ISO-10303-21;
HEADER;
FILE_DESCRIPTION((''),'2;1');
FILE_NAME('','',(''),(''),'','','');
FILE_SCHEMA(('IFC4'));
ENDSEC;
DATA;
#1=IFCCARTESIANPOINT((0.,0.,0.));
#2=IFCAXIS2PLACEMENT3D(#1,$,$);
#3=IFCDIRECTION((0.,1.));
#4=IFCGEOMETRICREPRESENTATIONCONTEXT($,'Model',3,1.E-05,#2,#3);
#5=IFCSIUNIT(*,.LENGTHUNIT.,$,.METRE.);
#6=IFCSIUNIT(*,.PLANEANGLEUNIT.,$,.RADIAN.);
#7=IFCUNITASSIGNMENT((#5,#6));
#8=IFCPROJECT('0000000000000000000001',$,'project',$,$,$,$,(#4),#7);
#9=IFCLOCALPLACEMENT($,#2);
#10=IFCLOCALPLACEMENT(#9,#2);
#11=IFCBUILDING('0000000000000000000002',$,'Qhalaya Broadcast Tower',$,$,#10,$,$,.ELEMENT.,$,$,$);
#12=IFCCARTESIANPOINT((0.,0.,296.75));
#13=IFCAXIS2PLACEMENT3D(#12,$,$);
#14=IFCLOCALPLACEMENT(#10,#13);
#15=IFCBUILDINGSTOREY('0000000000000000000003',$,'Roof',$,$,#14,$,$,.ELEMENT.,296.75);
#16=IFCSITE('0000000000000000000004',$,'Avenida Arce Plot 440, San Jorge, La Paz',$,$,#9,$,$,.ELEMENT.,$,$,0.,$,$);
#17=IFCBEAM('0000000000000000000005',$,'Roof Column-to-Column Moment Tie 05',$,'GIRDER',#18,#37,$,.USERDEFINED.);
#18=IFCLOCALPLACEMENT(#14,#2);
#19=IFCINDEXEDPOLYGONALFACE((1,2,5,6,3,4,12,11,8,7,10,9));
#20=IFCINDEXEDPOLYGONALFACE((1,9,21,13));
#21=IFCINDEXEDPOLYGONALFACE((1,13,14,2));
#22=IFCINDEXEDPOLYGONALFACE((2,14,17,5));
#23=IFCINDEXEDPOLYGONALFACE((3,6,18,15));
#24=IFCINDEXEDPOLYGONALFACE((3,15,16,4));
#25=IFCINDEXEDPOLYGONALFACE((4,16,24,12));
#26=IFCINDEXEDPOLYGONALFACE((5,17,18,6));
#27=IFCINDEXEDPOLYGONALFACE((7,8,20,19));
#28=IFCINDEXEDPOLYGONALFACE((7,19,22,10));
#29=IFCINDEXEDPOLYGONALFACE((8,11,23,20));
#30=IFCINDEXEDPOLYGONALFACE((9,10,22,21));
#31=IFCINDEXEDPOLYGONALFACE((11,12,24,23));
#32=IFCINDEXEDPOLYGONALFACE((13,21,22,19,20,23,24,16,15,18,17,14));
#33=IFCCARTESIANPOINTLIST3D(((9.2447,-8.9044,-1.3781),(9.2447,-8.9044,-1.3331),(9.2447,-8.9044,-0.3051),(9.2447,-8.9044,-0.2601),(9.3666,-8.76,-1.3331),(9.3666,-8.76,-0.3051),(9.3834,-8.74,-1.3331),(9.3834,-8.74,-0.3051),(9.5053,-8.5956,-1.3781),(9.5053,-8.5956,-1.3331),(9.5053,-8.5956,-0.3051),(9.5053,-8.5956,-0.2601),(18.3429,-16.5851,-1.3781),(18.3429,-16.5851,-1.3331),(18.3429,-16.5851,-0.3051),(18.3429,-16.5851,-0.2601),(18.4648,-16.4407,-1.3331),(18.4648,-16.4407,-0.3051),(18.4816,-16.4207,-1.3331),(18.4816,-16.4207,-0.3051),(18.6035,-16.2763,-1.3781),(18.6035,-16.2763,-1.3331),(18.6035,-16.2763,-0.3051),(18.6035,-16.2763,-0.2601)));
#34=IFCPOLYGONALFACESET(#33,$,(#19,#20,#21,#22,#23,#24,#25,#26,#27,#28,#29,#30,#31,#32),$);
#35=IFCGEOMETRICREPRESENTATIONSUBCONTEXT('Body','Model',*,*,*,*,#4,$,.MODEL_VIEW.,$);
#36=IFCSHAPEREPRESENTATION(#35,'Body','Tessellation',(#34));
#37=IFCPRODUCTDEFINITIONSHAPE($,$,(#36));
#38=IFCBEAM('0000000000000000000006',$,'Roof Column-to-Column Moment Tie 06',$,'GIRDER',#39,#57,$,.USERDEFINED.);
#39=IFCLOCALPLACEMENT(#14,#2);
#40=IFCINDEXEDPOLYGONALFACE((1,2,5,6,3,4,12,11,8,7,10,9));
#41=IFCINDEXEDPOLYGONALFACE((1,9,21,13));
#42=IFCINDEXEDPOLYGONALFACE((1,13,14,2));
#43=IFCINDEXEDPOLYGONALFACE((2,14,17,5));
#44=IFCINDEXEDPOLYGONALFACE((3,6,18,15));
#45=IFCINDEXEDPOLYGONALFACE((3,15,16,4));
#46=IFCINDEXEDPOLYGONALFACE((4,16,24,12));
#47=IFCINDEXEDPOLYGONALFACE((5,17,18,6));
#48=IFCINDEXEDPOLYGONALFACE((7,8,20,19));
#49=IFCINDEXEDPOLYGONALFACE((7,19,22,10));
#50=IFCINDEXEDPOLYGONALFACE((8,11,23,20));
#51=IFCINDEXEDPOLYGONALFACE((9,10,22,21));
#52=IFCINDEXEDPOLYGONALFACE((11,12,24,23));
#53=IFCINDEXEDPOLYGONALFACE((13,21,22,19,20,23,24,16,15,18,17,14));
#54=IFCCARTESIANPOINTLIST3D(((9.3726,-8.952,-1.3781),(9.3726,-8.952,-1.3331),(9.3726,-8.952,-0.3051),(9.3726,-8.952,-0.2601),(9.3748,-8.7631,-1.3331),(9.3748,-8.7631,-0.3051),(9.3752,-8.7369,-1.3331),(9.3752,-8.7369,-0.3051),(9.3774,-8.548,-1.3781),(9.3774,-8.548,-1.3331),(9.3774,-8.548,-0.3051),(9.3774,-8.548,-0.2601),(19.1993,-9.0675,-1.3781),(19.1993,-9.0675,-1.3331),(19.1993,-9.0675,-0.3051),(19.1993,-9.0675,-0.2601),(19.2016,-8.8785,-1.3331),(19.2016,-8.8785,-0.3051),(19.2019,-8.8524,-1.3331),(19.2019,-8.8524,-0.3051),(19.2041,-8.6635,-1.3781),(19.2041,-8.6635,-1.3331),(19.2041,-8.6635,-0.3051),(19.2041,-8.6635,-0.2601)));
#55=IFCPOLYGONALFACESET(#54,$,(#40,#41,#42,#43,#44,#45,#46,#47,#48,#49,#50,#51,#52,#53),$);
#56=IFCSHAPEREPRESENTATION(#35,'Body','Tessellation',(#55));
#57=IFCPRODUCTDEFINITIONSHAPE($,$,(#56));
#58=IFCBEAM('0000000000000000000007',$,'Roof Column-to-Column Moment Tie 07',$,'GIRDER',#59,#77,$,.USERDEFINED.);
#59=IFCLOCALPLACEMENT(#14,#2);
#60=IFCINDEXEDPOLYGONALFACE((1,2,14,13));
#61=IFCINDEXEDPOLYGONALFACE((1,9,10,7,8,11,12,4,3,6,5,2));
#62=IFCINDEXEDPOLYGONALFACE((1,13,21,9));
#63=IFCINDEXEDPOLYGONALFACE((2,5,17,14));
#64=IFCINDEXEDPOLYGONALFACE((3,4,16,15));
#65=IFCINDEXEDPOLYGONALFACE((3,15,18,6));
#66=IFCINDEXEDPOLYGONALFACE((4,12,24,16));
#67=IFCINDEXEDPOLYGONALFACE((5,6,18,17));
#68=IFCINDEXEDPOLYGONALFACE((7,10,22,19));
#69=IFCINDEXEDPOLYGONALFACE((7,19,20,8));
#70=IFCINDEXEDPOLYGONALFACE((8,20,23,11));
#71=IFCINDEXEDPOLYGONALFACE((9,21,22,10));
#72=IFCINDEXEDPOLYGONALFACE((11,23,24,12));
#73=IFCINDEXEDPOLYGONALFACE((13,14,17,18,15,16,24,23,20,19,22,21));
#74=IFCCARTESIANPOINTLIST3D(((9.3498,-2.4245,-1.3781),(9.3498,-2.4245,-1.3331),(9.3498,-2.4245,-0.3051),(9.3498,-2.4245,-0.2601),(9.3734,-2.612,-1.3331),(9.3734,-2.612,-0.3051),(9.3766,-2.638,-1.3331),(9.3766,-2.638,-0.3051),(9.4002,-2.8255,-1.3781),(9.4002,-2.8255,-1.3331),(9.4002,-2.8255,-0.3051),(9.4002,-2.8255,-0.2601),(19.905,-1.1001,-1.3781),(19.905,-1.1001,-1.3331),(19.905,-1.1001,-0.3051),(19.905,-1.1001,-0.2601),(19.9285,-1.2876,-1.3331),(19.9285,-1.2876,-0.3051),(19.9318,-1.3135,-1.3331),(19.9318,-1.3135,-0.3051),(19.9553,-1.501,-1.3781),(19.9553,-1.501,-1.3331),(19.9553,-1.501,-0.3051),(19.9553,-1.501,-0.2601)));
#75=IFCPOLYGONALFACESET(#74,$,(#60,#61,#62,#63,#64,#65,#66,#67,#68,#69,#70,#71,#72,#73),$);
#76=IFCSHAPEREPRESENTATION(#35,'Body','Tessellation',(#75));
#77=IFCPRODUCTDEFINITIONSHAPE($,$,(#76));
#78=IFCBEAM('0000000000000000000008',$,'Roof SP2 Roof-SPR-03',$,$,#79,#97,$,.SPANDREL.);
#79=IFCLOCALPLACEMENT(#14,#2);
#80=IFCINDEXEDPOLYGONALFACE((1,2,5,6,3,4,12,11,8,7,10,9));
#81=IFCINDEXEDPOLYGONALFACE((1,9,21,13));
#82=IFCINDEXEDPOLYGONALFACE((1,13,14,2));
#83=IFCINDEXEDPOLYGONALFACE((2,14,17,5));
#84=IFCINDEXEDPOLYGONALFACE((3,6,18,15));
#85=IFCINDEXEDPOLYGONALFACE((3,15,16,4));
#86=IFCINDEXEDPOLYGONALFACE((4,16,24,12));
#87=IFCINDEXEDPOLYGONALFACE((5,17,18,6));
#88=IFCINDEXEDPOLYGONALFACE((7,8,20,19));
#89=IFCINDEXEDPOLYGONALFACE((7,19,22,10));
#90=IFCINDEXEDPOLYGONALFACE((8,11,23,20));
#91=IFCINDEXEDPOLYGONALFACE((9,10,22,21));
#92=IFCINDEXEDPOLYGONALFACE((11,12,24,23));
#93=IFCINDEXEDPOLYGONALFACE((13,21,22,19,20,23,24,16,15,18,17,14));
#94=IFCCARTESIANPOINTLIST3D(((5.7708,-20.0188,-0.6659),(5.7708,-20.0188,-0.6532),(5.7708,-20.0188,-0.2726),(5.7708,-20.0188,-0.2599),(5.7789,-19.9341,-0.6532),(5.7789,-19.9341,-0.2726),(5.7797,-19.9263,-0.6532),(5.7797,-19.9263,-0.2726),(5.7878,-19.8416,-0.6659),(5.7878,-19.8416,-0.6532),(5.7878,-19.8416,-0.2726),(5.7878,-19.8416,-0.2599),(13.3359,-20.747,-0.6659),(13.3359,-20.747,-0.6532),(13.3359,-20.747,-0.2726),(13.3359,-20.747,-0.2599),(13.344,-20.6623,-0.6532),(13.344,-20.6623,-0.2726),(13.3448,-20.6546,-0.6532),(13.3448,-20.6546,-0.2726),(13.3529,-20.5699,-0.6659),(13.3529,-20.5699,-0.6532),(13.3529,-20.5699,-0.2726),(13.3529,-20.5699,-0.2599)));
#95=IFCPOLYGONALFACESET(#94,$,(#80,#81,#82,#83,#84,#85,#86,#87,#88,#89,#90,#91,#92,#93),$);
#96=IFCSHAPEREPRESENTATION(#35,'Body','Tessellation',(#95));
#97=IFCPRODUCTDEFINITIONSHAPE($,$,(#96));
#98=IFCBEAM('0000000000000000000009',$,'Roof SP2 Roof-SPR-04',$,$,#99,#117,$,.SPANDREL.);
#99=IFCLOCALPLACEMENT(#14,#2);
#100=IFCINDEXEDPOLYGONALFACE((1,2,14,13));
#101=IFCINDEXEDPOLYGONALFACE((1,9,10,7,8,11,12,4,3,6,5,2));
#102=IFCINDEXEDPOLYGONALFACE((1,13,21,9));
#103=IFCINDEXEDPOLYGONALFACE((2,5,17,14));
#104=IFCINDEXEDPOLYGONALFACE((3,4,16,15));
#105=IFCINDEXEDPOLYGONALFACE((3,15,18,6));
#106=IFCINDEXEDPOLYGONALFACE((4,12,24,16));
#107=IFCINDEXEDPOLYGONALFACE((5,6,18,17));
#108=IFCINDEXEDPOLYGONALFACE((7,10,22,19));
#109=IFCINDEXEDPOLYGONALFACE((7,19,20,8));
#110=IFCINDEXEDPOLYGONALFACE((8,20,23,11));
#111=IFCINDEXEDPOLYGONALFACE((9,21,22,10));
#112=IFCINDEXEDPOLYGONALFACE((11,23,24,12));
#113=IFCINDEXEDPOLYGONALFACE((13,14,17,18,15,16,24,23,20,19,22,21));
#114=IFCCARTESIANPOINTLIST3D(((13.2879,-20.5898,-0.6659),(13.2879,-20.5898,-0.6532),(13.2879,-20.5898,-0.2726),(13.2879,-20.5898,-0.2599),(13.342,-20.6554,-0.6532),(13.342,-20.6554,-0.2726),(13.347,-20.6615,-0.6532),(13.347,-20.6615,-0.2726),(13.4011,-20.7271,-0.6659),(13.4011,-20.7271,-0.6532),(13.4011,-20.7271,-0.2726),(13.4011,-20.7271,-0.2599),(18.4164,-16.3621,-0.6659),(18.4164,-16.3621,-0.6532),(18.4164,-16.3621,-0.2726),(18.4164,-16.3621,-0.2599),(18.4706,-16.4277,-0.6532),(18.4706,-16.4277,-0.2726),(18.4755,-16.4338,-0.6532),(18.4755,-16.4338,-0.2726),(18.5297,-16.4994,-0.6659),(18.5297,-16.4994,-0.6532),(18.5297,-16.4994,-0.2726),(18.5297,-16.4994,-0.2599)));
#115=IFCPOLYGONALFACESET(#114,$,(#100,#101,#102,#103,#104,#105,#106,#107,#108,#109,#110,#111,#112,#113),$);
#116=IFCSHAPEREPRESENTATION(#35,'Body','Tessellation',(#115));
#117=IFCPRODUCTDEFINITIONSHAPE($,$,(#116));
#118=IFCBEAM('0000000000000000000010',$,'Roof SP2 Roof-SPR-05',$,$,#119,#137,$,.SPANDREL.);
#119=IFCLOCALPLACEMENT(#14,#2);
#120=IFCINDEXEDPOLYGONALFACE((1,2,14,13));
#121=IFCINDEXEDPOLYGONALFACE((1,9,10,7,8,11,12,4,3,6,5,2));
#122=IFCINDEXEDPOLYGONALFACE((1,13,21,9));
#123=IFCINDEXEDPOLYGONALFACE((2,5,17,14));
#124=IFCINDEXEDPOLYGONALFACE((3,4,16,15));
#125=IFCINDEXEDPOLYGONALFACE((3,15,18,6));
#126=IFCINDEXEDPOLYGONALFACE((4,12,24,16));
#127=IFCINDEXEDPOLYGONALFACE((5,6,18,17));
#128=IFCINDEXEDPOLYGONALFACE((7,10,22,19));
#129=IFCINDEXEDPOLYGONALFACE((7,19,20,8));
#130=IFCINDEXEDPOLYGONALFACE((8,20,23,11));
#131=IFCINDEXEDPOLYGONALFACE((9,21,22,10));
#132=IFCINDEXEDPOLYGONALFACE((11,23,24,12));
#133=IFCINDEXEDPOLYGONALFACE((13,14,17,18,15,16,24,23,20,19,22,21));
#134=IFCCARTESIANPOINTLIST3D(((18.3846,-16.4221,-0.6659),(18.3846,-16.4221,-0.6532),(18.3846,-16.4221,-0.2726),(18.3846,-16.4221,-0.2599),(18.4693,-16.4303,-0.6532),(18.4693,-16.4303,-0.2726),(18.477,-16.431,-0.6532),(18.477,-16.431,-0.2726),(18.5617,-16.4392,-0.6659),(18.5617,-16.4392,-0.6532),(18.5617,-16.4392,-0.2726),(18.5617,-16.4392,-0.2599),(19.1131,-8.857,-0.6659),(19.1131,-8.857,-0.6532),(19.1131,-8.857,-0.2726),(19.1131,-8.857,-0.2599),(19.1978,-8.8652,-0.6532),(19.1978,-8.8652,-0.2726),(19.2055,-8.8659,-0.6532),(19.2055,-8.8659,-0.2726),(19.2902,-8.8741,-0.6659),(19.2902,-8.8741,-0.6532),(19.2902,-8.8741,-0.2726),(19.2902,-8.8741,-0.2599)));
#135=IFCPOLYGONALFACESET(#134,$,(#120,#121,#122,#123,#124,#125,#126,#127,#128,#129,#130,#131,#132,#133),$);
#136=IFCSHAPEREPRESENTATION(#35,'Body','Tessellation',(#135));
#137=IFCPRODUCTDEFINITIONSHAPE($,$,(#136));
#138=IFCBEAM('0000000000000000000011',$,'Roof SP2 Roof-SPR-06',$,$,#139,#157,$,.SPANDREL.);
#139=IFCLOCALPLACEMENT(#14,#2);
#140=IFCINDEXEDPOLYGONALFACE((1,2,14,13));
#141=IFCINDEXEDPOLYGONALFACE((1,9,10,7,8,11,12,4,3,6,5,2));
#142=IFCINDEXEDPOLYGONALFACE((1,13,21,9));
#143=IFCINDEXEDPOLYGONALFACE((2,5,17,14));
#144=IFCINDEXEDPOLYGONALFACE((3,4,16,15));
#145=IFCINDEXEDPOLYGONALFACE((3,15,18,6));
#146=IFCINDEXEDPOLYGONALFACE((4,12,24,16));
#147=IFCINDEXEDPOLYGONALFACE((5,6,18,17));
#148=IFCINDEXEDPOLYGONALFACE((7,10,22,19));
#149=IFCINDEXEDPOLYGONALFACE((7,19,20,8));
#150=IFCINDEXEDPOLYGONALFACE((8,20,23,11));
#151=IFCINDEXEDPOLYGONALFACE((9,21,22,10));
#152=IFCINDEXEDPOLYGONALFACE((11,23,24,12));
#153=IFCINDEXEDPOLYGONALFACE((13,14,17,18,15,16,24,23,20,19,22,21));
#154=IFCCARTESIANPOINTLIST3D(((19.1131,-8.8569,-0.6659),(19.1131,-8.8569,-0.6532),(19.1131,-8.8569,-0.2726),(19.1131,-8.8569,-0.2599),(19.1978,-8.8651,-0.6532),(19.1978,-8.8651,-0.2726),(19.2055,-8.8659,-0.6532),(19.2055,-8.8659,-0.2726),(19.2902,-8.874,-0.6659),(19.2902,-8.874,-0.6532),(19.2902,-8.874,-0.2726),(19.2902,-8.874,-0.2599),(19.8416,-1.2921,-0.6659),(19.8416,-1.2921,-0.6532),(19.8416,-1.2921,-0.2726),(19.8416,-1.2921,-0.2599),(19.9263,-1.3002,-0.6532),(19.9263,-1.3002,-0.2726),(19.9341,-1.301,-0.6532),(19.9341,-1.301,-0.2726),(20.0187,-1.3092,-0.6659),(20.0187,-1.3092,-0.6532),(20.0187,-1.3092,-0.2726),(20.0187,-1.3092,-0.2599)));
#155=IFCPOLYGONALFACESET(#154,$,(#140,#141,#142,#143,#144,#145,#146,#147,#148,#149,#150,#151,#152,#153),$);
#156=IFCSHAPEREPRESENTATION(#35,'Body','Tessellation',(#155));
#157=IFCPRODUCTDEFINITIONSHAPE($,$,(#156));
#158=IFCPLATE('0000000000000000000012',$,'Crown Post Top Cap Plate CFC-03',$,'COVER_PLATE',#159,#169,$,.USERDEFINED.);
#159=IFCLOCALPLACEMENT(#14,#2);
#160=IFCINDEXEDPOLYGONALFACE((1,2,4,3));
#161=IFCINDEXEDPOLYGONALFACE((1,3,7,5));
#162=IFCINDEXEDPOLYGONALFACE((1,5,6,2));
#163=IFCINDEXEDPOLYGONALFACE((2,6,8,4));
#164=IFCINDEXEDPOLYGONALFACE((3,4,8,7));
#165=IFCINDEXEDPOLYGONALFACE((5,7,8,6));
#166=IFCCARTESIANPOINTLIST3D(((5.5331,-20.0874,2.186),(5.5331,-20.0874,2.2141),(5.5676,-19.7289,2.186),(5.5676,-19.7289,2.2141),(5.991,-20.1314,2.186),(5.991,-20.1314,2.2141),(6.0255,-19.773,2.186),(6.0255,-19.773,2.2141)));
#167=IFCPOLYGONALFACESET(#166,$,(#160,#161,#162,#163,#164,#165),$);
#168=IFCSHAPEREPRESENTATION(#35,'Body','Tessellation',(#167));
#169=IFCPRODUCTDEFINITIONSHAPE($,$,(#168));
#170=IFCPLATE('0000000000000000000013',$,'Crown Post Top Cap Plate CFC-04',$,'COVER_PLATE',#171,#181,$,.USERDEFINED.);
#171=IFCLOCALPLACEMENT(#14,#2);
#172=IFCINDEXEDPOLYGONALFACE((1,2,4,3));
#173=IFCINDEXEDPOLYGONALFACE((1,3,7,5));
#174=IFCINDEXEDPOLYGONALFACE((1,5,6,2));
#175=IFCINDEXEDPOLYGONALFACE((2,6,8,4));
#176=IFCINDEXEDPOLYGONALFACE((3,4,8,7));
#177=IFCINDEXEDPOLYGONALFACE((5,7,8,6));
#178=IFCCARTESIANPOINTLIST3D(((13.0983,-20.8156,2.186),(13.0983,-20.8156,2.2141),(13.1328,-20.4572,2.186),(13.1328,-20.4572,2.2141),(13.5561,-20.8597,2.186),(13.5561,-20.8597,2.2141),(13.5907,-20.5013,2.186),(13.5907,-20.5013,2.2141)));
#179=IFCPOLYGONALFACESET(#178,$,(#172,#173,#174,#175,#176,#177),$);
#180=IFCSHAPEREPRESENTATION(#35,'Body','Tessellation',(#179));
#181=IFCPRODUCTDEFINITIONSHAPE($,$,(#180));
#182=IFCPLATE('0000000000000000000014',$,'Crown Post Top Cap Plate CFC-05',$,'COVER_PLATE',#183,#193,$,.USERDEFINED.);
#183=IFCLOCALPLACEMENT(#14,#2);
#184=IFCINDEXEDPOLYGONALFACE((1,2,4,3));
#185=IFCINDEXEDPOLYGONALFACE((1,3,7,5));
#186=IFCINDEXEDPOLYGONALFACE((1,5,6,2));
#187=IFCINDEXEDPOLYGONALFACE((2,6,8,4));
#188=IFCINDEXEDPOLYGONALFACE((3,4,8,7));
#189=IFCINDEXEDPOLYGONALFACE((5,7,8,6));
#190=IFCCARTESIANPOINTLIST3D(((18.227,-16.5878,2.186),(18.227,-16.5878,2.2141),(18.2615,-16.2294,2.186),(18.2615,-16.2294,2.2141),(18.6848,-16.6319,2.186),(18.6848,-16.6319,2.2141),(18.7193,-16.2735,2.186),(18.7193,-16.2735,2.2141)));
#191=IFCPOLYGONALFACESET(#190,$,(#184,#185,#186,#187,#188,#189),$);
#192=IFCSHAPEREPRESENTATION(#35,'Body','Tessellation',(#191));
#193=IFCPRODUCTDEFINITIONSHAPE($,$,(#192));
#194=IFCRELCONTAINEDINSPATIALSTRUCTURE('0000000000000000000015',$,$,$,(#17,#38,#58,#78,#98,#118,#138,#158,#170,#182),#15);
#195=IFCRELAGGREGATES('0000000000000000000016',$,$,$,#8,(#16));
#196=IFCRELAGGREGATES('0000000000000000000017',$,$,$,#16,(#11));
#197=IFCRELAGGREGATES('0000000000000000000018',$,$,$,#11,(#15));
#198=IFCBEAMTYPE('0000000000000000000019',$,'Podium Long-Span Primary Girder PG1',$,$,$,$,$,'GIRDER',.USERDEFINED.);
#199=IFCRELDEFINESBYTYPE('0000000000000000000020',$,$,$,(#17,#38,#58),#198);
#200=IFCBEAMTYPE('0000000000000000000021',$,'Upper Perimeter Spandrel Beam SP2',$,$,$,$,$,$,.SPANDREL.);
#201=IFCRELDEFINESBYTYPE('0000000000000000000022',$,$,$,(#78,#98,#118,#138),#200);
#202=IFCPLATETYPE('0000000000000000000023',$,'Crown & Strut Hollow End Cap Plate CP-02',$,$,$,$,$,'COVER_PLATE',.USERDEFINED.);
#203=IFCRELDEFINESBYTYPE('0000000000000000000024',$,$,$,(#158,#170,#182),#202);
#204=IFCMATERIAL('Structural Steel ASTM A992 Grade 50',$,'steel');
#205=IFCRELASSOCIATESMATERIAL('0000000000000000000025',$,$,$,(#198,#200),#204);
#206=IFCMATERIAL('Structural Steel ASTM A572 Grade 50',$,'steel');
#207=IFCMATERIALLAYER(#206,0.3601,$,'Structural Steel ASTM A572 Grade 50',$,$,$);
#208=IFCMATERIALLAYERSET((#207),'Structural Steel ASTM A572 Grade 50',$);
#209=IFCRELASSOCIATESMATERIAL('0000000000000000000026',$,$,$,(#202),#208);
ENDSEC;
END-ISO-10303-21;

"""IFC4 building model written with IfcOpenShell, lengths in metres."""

from ifc_helpers import new_model, si_unit, direction, frame, origin, origin_2d, place, context, subcontext, project, spatial, rectangle, i_section, extrude, material, layer, layer_set, material_profile, profile_set, type_object, element, save


model = new_model("IFC4")

# Units and contexts
model_context = context("Model", 3, precision=1e-05, world=origin(), true_north=direction((0.0, 1.0)))
body_context = subcontext(model_context, "Body", "Model", "MODEL_VIEW")
ifc_project = project(units=[si_unit("LENGTHUNIT", "METRE"), si_unit("PLANEANGLEUNIT", "RADIAN")], contexts=[model_context])

# Site, building, storey
site_placement = place(None, origin())
site = spatial("IfcSite", under=ifc_project, at=site_placement, Name="Avenida Arce Plot 440, San Jorge, La Paz", CompositionType="ELEMENT", RefElevation=0.0)
building_placement = place(site_placement, origin())
building = spatial("IfcBuilding", under=site, at=building_placement, Name="Qhalaya Broadcast Tower", CompositionType="ELEMENT")
storey_placement = place(building_placement, frame((0.0, 0.0, 296.75)))
storey = spatial("IfcBuildingStorey", under=building, at=storey_placement, Name="Roof", CompositionType="ELEMENT", Elevation=296.75)

# Shared definitions
ifc_material_1 = material(Name="Structural Steel ASTM A992 Grade 50", Category="steel")

# Shared definitions
ifc_material_2 = material(Name="Structural Steel ASTM A572 Grade 50", Category="steel")

# Beams
ifc_material_profile_1 = material_profile(ifc_material_1, i_section(OverallWidth=0.4041, OverallDepth=1.1179, WebThickness=0.0261, FlangeThickness=0.0449, at=origin_2d()), Name="W44X335")
ifc_profile_set_1 = profile_set([ifc_material_profile_1], Name="Structural Steel ASTM A992 Grade 50")
beam_type_1 = type_object("IfcBeamType", Name="Podium Long-Span Primary Girder PG1", ElementType="GIRDER", PredefinedType="USERDEFINED", material=ifc_profile_set_1)
beam_1_placement = place(storey_placement, frame((9.375, -8.75, -0.8191), z_axis=(0.764122, -0.645072, 0.0), x_axis=(0.645072, 0.764122, 0.0)))
element("IfcBeam", 1, at=beam_1_placement, inside=storey, type_object=beam_type_1, Name="Roof Column-to-Column Moment Tie 05", ObjectType="GIRDER", PredefinedType="USERDEFINED", context=body_context, shape_type="SweptSolid", body=[
    extrude(i_section(OverallWidth=0.4041, OverallDepth=1.1179, WebThickness=0.0261, FlangeThickness=0.0449, at=origin_2d()), origin(), (0.0, 0.0, 1.0), 11.9067),
])
beam_2_placement = place(storey_placement, frame((9.375, -8.75, -0.8191), z_axis=(0.999931, -0.011751, 0.0), x_axis=(0.011751, 0.999931, 0.0)))
element("IfcBeam", 2, at=beam_2_placement, inside=storey, type_object=beam_type_1, Name="Roof Column-to-Column Moment Tie 06", ObjectType="GIRDER", PredefinedType="USERDEFINED", context=body_context, shape_type="SweptSolid", body=[
    extrude(i_section(OverallWidth=0.4041, OverallDepth=1.1179, WebThickness=0.0261, FlangeThickness=0.0449, at=origin_2d()), origin(), (0.0, 0.0, 1.0), 9.8274),
])
beam_3_placement = place(storey_placement, frame((9.375, -2.625, -0.8191), z_axis=(0.992219, 0.124504, 0.0), x_axis=(-0.124504, 0.992219, 0.0)))
element("IfcBeam", 3, at=beam_3_placement, inside=storey, type_object=beam_type_1, Name="Roof Column-to-Column Moment Tie 07", ObjectType="GIRDER", PredefinedType="USERDEFINED", context=body_context, shape_type="SweptSolid", body=[
    extrude(i_section(OverallWidth=0.4041, OverallDepth=1.1179, WebThickness=0.0261, FlangeThickness=0.0449, at=origin_2d()), origin(), (0.0, 0.0, 1.0), 10.6379),
])
ifc_material_profile_2 = material_profile(ifc_material_1, i_section(OverallWidth=0.178, OverallDepth=0.406, WebThickness=0.0078, FlangeThickness=0.0127, at=origin_2d()), Name="W16X40")
ifc_profile_set_2 = profile_set([ifc_material_profile_2], Name="Structural Steel ASTM A992 Grade 50")
beam_type_2 = type_object("IfcBeamType", Name="Upper Perimeter Spandrel Beam SP2", PredefinedType="SPANDREL", material=ifc_profile_set_2)
beam_4_placement = place(storey_placement, frame((5.7793, -19.9302, -0.4629), z_axis=(0.995398, -0.095823, 0.0), x_axis=(0.095823, 0.995398, 0.0)))
element("IfcBeam", 4, at=beam_4_placement, inside=storey, type_object=beam_type_2, Name="Roof SP2 Roof-SPR-03", PredefinedType="SPANDREL", context=body_context, shape_type="SweptSolid", body=[
    extrude(i_section(OverallWidth=0.178, OverallDepth=0.406, WebThickness=0.0078, FlangeThickness=0.0127, at=origin_2d()), origin(), (0.0, 0.0, 1.0), 7.6001),
])
beam_5_placement = place(storey_placement, frame((13.3445, -20.6584, -0.4629), z_axis=(0.771622, 0.636082, 0.0), x_axis=(-0.636082, 0.771622, 0.0)))
element("IfcBeam", 5, at=beam_5_placement, inside=storey, type_object=beam_type_2, Name="Roof SP2 Roof-SPR-04", PredefinedType="SPANDREL", context=body_context, shape_type="SweptSolid", body=[
    extrude(i_section(OverallWidth=0.178, OverallDepth=0.406, WebThickness=0.0078, FlangeThickness=0.0127, at=origin_2d()), origin(), (0.0, 0.0, 1.0), 6.6465),
])
beam_6_placement = place(storey_placement, frame((18.4731, -16.4307, -0.4629), z_axis=(0.095855, 0.995395, 0.0), x_axis=(-0.995395, 0.095855, 0.0)))
element("IfcBeam", 6, at=beam_6_placement, inside=storey, type_object=beam_type_2, Name="Roof SP2 Roof-SPR-05", PredefinedType="SPANDREL", context=body_context, shape_type="SweptSolid", body=[
    extrude(i_section(OverallWidth=0.178, OverallDepth=0.406, WebThickness=0.0078, FlangeThickness=0.0127, at=origin_2d()), origin(), (0.0, 0.0, 1.0), 7.6001),
])
beam_7_placement = place(storey_placement, frame((19.2017, -8.8655, -0.4629), z_axis=(0.095858, 0.995395, 0.0), x_axis=(-0.995395, 0.095858, 0.0)))
element("IfcBeam", 7, at=beam_7_placement, inside=storey, type_object=beam_type_2, Name="Roof SP2 Roof-SPR-06", PredefinedType="SPANDREL", context=body_context, shape_type="SweptSolid", body=[
    extrude(i_section(OverallWidth=0.178, OverallDepth=0.406, WebThickness=0.0078, FlangeThickness=0.0127, at=origin_2d()), origin(), (0.0, 0.0, 1.0), 7.5999),
])

# Plates
ifc_layer = layer(ifc_material_2, 0.3601, Name="Structural Steel ASTM A572 Grade 50")
ifc_layer_set = layer_set([ifc_layer], Name="Structural Steel ASTM A572 Grade 50")
plate_type = type_object("IfcPlateType", Name="Crown & Strut Hollow End Cap Plate CP-02", ElementType="COVER_PLATE", PredefinedType="USERDEFINED", material=ifc_layer_set)
for number, where, z_axis, x_axis, name in (
    (8, (5.7793, -19.9302, 2.186), (0.0, 0.0, 1.0), (0.995396, -0.095846, 0.0), "Crown Post Top Cap Plate CFC-03"),
    (9, (13.3445, -20.6584, 2.186), (0.0, 0.0, 1.0), (0.995396, -0.095846, 0.0), "Crown Post Top Cap Plate CFC-04"),
    (10, (18.4731, -16.4307, 2.186), (0.0, 0.0, 1.0), (0.995396, -0.095846, 0.0), "Crown Post Top Cap Plate CFC-05"),
):
    element("IfcPlate", number, at=place(storey_placement, frame(where, z_axis=z_axis, x_axis=x_axis)), inside=storey, type_object=plate_type, Name=name, ObjectType="COVER_PLATE", PredefinedType="USERDEFINED", context=body_context, shape_type="SweptSolid", body=[
        extrude(rectangle(XDim=0.46, YDim=0.3601, at=origin_2d()), origin(), (0.0, 0.0, 1.0), 0.0281),
    ])

save(model, "model.ifc")
